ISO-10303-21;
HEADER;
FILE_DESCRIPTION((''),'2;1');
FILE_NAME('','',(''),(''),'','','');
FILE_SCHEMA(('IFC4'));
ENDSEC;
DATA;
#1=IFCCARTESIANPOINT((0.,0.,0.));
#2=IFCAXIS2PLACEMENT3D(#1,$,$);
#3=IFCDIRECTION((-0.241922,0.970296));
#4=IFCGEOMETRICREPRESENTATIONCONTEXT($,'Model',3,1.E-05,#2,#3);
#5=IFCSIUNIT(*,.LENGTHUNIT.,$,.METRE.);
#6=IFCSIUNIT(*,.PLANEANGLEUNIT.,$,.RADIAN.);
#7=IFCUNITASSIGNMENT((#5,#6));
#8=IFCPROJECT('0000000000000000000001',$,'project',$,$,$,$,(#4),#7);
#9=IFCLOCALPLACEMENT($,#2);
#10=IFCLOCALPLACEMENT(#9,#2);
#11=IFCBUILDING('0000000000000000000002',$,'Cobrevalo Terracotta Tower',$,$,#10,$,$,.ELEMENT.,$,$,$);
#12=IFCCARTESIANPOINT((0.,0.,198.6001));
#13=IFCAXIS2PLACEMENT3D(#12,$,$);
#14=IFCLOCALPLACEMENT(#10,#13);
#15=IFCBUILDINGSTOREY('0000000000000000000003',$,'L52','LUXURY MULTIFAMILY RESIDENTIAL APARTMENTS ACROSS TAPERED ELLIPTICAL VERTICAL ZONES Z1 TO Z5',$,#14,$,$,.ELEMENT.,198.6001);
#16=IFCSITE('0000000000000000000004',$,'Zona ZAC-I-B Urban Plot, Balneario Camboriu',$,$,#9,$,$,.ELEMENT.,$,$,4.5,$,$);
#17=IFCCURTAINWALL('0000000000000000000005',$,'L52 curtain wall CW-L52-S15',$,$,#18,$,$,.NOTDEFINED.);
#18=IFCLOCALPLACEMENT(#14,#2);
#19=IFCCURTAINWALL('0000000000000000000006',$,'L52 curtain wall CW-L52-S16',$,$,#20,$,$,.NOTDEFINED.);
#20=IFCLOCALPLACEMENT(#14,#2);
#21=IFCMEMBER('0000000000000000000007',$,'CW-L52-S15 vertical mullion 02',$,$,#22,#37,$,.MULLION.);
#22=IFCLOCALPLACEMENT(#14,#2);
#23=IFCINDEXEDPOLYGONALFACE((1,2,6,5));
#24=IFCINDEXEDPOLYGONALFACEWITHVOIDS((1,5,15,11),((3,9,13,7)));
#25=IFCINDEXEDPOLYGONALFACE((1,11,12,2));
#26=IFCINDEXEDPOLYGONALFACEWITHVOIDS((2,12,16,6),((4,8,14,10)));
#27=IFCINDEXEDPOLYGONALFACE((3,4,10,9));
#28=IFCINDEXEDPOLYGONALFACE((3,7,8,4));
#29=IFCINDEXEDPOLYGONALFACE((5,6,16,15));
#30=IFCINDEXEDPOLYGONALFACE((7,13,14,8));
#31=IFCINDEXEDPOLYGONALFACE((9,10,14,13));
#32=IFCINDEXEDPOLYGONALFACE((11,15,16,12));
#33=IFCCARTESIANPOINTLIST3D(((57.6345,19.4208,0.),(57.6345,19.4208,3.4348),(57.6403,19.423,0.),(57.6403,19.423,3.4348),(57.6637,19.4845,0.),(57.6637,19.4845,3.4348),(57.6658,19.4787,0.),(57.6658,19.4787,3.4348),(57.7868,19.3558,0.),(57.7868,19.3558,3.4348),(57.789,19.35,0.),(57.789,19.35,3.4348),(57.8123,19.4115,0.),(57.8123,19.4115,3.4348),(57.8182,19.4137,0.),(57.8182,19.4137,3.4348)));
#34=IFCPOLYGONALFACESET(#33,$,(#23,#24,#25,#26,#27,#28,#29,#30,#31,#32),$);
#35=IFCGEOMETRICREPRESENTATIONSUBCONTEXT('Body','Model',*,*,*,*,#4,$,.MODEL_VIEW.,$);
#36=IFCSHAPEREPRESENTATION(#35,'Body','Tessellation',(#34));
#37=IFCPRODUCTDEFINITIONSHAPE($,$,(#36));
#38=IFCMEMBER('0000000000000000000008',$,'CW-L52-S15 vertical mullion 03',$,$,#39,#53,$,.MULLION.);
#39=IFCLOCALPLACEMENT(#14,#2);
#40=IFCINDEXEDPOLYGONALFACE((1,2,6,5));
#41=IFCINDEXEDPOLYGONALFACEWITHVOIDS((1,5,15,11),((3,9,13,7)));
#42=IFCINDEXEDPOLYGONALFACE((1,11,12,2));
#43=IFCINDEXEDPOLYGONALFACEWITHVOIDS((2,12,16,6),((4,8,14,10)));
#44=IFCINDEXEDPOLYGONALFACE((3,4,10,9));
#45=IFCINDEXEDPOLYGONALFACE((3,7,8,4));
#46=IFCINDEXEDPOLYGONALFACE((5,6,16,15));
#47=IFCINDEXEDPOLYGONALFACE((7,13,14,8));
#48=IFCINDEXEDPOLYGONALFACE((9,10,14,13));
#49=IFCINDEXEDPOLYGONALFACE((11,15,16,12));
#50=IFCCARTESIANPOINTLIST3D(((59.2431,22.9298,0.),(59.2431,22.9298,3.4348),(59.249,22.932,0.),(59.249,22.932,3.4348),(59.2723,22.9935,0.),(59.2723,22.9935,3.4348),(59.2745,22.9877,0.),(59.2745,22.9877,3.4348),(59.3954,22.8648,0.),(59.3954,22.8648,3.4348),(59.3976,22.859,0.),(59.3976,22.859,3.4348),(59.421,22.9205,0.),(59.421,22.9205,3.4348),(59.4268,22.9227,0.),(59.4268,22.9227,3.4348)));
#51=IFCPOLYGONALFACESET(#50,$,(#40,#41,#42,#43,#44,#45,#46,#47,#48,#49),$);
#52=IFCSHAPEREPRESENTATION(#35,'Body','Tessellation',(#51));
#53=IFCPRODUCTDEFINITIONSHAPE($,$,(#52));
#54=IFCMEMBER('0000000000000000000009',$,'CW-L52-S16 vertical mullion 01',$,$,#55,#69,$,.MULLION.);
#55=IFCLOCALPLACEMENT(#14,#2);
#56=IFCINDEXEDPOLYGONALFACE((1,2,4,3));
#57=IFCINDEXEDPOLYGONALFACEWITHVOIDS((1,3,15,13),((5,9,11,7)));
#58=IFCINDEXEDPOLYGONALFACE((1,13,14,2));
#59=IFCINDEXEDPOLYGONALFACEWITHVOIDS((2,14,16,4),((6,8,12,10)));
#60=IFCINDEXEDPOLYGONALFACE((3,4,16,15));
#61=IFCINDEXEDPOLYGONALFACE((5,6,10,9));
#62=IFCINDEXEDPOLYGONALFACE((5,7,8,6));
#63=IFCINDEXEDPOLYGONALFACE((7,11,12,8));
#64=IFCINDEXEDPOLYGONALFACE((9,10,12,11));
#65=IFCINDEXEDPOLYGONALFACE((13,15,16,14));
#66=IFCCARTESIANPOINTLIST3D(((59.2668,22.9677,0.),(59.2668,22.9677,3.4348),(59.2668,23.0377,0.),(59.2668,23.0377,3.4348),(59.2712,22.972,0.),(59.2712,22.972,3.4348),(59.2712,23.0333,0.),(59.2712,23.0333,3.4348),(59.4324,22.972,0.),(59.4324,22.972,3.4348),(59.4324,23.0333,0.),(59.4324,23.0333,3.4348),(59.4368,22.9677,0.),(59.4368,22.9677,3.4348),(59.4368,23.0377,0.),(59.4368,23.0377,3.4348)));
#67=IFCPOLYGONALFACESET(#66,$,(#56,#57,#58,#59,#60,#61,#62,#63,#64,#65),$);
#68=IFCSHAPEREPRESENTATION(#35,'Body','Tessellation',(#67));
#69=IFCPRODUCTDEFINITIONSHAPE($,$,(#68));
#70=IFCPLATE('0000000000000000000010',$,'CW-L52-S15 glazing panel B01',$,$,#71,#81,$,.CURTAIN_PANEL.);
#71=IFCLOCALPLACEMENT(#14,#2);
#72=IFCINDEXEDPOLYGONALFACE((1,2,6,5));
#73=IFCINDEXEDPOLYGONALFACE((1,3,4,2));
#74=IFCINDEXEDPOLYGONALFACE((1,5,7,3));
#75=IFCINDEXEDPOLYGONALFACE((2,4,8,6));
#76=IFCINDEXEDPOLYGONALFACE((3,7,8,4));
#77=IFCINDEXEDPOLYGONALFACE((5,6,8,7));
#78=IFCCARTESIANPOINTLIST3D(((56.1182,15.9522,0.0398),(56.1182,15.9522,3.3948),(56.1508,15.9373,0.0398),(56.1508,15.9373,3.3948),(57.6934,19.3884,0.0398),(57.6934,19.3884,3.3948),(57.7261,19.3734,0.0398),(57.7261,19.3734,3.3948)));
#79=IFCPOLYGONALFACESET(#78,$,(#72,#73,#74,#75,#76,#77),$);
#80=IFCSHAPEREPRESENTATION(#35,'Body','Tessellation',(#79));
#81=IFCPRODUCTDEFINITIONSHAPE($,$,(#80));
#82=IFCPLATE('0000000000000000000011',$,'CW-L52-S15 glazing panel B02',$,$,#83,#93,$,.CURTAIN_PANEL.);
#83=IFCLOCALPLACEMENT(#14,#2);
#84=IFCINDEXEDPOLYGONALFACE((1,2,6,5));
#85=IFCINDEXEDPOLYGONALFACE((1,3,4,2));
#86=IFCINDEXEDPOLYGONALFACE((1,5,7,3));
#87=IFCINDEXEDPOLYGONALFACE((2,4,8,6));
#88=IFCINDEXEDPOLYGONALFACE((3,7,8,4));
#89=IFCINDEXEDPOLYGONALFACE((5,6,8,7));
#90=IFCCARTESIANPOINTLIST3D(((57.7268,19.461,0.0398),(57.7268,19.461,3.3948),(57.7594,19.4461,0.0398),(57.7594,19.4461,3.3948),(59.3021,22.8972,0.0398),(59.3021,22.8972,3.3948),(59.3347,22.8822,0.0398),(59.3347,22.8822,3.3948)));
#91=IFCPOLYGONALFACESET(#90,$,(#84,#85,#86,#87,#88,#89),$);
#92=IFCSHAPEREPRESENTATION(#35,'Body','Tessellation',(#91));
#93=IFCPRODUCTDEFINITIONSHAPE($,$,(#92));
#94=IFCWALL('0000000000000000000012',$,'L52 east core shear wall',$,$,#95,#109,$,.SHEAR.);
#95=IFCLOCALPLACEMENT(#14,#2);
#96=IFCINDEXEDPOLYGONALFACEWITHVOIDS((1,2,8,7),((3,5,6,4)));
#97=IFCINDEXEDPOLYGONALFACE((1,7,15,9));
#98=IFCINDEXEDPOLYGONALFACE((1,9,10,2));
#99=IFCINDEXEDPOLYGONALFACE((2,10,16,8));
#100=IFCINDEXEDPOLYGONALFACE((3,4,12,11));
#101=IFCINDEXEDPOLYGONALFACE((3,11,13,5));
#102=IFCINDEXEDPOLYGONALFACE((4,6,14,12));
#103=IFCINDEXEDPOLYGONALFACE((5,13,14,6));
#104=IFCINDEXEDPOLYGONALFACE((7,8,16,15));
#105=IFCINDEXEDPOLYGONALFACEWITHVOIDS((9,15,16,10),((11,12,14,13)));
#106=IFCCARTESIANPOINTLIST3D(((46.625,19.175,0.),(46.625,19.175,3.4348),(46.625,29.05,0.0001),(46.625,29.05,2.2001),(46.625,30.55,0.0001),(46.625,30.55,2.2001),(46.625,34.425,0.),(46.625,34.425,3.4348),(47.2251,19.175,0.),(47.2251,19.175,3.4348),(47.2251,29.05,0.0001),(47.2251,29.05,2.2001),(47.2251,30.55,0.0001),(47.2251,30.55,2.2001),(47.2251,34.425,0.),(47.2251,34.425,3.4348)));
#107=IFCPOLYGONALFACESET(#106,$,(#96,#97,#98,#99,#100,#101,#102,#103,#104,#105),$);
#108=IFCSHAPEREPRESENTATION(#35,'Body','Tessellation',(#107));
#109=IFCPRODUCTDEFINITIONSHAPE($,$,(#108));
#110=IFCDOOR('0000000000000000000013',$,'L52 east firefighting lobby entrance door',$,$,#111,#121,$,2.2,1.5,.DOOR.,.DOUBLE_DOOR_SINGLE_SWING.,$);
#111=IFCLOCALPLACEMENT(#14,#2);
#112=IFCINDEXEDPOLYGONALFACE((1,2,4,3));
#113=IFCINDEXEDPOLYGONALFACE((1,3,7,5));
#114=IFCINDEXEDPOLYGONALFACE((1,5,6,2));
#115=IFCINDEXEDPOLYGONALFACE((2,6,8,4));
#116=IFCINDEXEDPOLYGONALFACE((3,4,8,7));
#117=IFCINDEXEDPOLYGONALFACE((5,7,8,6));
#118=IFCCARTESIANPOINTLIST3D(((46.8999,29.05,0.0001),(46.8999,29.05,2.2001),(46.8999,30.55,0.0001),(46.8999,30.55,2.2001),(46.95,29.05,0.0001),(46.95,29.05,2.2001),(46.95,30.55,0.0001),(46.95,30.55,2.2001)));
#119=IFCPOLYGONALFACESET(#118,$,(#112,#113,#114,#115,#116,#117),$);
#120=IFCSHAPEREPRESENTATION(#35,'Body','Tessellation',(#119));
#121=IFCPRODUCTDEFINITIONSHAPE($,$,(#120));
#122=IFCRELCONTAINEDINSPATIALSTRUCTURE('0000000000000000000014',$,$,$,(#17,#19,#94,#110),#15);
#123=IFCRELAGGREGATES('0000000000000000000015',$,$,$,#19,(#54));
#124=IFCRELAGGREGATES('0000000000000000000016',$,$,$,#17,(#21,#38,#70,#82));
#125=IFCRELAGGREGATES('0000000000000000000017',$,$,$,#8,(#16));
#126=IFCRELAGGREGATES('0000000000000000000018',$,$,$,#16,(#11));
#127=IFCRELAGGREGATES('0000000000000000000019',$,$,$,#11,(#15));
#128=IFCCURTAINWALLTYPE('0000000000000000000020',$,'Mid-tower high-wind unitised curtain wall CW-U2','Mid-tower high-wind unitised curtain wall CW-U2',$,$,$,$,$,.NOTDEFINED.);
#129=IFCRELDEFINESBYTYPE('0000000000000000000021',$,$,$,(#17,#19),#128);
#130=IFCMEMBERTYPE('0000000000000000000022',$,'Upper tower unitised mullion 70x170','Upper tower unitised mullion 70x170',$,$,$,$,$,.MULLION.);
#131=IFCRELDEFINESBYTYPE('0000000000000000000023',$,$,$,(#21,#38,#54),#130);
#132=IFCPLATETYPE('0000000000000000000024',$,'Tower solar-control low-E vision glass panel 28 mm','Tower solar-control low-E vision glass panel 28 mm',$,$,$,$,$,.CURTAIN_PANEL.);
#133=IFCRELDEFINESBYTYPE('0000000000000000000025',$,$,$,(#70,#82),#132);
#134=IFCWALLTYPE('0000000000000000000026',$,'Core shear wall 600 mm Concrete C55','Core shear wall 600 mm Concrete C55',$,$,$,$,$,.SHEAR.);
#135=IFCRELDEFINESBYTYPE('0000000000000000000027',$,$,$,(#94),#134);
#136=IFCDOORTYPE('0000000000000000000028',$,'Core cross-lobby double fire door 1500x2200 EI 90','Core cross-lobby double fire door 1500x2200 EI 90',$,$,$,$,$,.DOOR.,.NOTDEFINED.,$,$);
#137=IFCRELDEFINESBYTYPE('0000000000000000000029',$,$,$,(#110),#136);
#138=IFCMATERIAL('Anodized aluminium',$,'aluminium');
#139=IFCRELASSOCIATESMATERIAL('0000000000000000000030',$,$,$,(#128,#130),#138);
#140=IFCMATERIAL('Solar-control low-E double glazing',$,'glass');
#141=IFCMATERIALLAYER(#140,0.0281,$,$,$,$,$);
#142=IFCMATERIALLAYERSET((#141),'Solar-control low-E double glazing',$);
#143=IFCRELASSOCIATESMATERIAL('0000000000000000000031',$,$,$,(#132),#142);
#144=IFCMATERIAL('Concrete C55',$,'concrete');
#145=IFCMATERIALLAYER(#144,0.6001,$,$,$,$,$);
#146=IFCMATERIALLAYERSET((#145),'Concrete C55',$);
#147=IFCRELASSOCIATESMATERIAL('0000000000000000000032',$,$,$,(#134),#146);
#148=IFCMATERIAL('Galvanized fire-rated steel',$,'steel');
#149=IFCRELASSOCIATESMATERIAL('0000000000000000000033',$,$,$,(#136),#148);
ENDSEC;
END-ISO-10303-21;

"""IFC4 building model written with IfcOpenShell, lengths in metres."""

from ifc_helpers import new_model, si_unit, direction, frame, frame_2d, origin, origin_2d, place, context, subcontext, project, spatial, rectangle, hollow_rectangle, extrude, source, transform, mapped, material, layer, layer_set, material_profile, profile_set, type_object, element, fill, aggregate, save


model = new_model("IFC4")

# Units and contexts
model_context = context("Model", 3, precision=1e-05, world=origin(), true_north=direction((-0.241922, 0.970296)))
body_context = subcontext(model_context, "Body", "Model", "MODEL_VIEW")
ifc_project = project(units=[si_unit("LENGTHUNIT", "METRE"), si_unit("PLANEANGLEUNIT", "RADIAN")], contexts=[model_context])

# Site, building, storey
site_placement = place(None, origin())
site = spatial("IfcSite", under=ifc_project, at=site_placement, Name="Zona ZAC-I-B Urban Plot, Balneario Camboriu", CompositionType="ELEMENT", RefElevation=4.5)
building_placement = place(site_placement, origin())
building = spatial("IfcBuilding", under=site, at=building_placement, Name="Cobrevalo Terracotta Tower", CompositionType="ELEMENT")
storey_placement = place(building_placement, frame((0.0, 0.0, 198.6001)))
storey = spatial("IfcBuildingStorey", under=building, at=storey_placement, Name="L52", Description="LUXURY MULTIFAMILY RESIDENTIAL APARTMENTS ACROSS TAPERED ELLIPTICAL VERTICAL ZONES Z1 TO Z5", CompositionType="ELEMENT", Elevation=198.6001)

# Shared definitions
ifc_material_1 = material(Name="Concrete C55", Category="concrete")

# Curtain walls
ifc_material_2 = material(Name="Anodized aluminium", Category="aluminium")
curtain_wall_type = type_object("IfcCurtainWallType", Name="Mid-tower high-wind unitised curtain wall CW-U2", Description="Mid-tower high-wind unitised curtain wall CW-U2", PredefinedType="NOTDEFINED", material=ifc_material_2)
curtain_wall_1_placement = place(storey_placement, origin())
curtain_wall_1 = element("IfcCurtainWall", 1, at=curtain_wall_1_placement, inside=storey, type_object=curtain_wall_type, Name="L52 curtain wall CW-L52-S15", PredefinedType="NOTDEFINED")
curtain_wall_2_placement = place(storey_placement, origin())
curtain_wall_2 = element("IfcCurtainWall", 2, at=curtain_wall_2_placement, inside=storey, type_object=curtain_wall_type, Name="L52 curtain wall CW-L52-S16", PredefinedType="NOTDEFINED")

# Members
ifc_material_profile_1 = material_profile(ifc_material_2, hollow_rectangle(XDim=0.0701, YDim=0.1699, WallThickness=0.0044, at=origin_2d()), Name="CWM 70x170")
ifc_profile_set_1 = profile_set([ifc_material_profile_1], Name="Anodized aluminium")
member_type_1 = type_object("IfcMemberType", Name="Upper tower unitised mullion 70x170", Description="Upper tower unitised mullion 70x170", PredefinedType="MULLION", material=ifc_profile_set_1)
shared_shape_1 = source(origin(), body_context, "Body", "SweptSolid", [
    extrude(hollow_rectangle(XDim=0.0701, YDim=0.1699, WallThickness=0.0044, at=origin_2d()), origin(), (0.0, 0.0, 1.0), 3.4348),
])
member_1_placement = place(storey_placement, frame((57.7263, 19.4172, 0.0), z_axis=(0.0, 0.0, 1.0), x_axis=(0.416725, 0.909033, 0.0)))
member_1 = element("IfcMember", 3, at=member_1_placement, type_object=member_type_1, Name="CW-L52-S15 vertical mullion 02", PredefinedType="MULLION", context=body_context, shape_type="MappedRepresentation", body=[
    mapped(shared_shape_1, transform((0.0, 0.0, 0.0), scale=1.0)),
])
member_2_placement = place(storey_placement, frame((59.335, 22.9263, 0.0), z_axis=(0.0, 0.0, 1.0), x_axis=(0.416725, 0.909033, 0.0)))
member_2 = element("IfcMember", 4, at=member_2_placement, type_object=member_type_1, Name="CW-L52-S15 vertical mullion 03", PredefinedType="MULLION", context=body_context, shape_type="MappedRepresentation", body=[
    mapped(shared_shape_1, transform((0.0, 0.0, 0.0), scale=1.0)),
])
member_3_placement = place(storey_placement, frame((59.3518, 23.0027, 0.0), z_axis=(0.0, 0.0, 1.0), x_axis=(0.0, 1.0, 0.0)))
member_3 = element("IfcMember", 5, at=member_3_placement, type_object=member_type_1, Name="CW-L52-S16 vertical mullion 01", PredefinedType="MULLION", context=body_context, shape_type="MappedRepresentation", body=[
    mapped(shared_shape_1, transform((0.0, 0.0, 0.0), scale=1.0)),
])
aggregate(curtain_wall_2, [member_3])

# Plates
ifc_material_3 = material(Name="Solar-control low-E double glazing", Category="glass")
ifc_layer_1 = layer(ifc_material_3, 0.0281)
ifc_layer_set_1 = layer_set([ifc_layer_1], Name="Solar-control low-E double glazing")
plate_type = type_object("IfcPlateType", Name="Tower solar-control low-E vision glass panel 28 mm", Description="Tower solar-control low-E vision glass panel 28 mm", PredefinedType="CURTAIN_PANEL", material=ifc_layer_set_1)
shared_shape_2 = source(origin(), body_context, "Body", "SweptSolid", [
    extrude(rectangle(XDim=3.78, YDim=0.0359, at=origin_2d()), origin(), (0.0, 0.0, 1.0), 3.355),
])
plate_1_placement = place(storey_placement, frame((56.9221, 17.6628, 0.0398), z_axis=(0.0, 0.0, 1.0), x_axis=(0.416731, 0.90903, 0.0)))
plate_1 = element("IfcPlate", 6, at=plate_1_placement, type_object=plate_type, Name="CW-L52-S15 glazing panel B01", PredefinedType="CURTAIN_PANEL", context=body_context, shape_type="MappedRepresentation", body=[
    mapped(shared_shape_2, transform((0.0, 0.0, 0.0), scale=1.0)),
])
plate_2_placement = place(storey_placement, frame((58.5308, 21.1716, 0.0398), z_axis=(0.0, 0.0, 1.0), x_axis=(0.416731, 0.90903, 0.0)))
plate_2 = element("IfcPlate", 7, at=plate_2_placement, type_object=plate_type, Name="CW-L52-S15 glazing panel B02", PredefinedType="CURTAIN_PANEL", context=body_context, shape_type="MappedRepresentation", body=[
    mapped(shared_shape_2, transform((0.0, 0.0, 0.0), scale=1.0)),
])
aggregate(curtain_wall_1, [member_1, member_2, plate_1, plate_2])

# Wall, opening, door
ifc_layer_2 = layer(ifc_material_1, 0.6001)
ifc_layer_set_2 = layer_set([ifc_layer_2], Name="Concrete C55")
wall_type_1 = type_object("IfcWallType", Name="Core shear wall 600 mm Concrete C55", Description="Core shear wall 600 mm Concrete C55", PredefinedType="SHEAR", material=ifc_layer_set_2)
wall_1_placement = place(storey_placement, frame((46.925, 19.175, 0.0), z_axis=(0.0, 0.0, 1.0), x_axis=(0.0, 1.0, 0.0)))
wall_1 = element("IfcWall", 8, at=wall_1_placement, inside=storey, type_object=wall_type_1, Name="L52 east core shear wall", PredefinedType="SHEAR", context=body_context, shape_type="SweptSolid", body=[
    extrude(rectangle(XDim=15.25, YDim=0.6001, at=frame_2d((7.625, 0.0))), origin(), (0.0, 0.0, 1.0), 3.4348),
])
opening_1_placement = place(wall_1_placement, frame((9.875, 0.0, 0.0)))
opening_1 = element("IfcOpeningElement", 9, at=opening_1_placement, cuts=wall_1, PredefinedType="OPENING", context=body_context, shape_type="SweptSolid", body=[
    extrude(rectangle(XDim=1.5, YDim=2.2, at=frame_2d((0.75, 1.1001))), frame((0.0, 0.3101, 0.0), z_axis=(0.0, -1.0, 0.0), x_axis=(1.0, 0.0, 0.0)), (0.0, 0.0, 1.0), 0.6201),
])
ifc_material_4 = material(Name="Galvanized fire-rated steel", Category="steel")
door_type_1 = type_object("IfcDoorType", Name="Core cross-lobby double fire door 1500x2200 EI 90", Description="Core cross-lobby double fire door 1500x2200 EI 90", OperationType="NOTDEFINED", PredefinedType="DOOR", material=ifc_material_4)
shared_shape_3 = source(origin(), body_context, "Body", "SweptSolid", [
    extrude(rectangle(XDim=1.5, YDim=2.2, at=frame_2d((0.75, 1.1001))), frame((0.0, 0.0249, 0.0), z_axis=(0.0, -1.0, 0.0), x_axis=(1.0, 0.0, 0.0)), (0.0, 0.0, 1.0), 0.05),
])
door_1_placement = place(opening_1_placement, frame((1.5, 0.0, 0.0), z_axis=(0.0, 0.0, 1.0), x_axis=(-1.0, 0.0, 0.0)))
door_1 = element("IfcDoor", 10, at=door_1_placement, inside=storey, type_object=door_type_1, Name="L52 east firefighting lobby entrance door", OperationType="DOUBLE_DOOR_SINGLE_SWING", OverallHeight=2.2, OverallWidth=1.5, PredefinedType="DOOR", context=body_context, shape_type="MappedRepresentation", body=[
    mapped(shared_shape_3, transform((0.0, 0.0, 0.0), scale=1.0)),
])
fill(opening_1, door_1)

save(model, "model.ifc")
